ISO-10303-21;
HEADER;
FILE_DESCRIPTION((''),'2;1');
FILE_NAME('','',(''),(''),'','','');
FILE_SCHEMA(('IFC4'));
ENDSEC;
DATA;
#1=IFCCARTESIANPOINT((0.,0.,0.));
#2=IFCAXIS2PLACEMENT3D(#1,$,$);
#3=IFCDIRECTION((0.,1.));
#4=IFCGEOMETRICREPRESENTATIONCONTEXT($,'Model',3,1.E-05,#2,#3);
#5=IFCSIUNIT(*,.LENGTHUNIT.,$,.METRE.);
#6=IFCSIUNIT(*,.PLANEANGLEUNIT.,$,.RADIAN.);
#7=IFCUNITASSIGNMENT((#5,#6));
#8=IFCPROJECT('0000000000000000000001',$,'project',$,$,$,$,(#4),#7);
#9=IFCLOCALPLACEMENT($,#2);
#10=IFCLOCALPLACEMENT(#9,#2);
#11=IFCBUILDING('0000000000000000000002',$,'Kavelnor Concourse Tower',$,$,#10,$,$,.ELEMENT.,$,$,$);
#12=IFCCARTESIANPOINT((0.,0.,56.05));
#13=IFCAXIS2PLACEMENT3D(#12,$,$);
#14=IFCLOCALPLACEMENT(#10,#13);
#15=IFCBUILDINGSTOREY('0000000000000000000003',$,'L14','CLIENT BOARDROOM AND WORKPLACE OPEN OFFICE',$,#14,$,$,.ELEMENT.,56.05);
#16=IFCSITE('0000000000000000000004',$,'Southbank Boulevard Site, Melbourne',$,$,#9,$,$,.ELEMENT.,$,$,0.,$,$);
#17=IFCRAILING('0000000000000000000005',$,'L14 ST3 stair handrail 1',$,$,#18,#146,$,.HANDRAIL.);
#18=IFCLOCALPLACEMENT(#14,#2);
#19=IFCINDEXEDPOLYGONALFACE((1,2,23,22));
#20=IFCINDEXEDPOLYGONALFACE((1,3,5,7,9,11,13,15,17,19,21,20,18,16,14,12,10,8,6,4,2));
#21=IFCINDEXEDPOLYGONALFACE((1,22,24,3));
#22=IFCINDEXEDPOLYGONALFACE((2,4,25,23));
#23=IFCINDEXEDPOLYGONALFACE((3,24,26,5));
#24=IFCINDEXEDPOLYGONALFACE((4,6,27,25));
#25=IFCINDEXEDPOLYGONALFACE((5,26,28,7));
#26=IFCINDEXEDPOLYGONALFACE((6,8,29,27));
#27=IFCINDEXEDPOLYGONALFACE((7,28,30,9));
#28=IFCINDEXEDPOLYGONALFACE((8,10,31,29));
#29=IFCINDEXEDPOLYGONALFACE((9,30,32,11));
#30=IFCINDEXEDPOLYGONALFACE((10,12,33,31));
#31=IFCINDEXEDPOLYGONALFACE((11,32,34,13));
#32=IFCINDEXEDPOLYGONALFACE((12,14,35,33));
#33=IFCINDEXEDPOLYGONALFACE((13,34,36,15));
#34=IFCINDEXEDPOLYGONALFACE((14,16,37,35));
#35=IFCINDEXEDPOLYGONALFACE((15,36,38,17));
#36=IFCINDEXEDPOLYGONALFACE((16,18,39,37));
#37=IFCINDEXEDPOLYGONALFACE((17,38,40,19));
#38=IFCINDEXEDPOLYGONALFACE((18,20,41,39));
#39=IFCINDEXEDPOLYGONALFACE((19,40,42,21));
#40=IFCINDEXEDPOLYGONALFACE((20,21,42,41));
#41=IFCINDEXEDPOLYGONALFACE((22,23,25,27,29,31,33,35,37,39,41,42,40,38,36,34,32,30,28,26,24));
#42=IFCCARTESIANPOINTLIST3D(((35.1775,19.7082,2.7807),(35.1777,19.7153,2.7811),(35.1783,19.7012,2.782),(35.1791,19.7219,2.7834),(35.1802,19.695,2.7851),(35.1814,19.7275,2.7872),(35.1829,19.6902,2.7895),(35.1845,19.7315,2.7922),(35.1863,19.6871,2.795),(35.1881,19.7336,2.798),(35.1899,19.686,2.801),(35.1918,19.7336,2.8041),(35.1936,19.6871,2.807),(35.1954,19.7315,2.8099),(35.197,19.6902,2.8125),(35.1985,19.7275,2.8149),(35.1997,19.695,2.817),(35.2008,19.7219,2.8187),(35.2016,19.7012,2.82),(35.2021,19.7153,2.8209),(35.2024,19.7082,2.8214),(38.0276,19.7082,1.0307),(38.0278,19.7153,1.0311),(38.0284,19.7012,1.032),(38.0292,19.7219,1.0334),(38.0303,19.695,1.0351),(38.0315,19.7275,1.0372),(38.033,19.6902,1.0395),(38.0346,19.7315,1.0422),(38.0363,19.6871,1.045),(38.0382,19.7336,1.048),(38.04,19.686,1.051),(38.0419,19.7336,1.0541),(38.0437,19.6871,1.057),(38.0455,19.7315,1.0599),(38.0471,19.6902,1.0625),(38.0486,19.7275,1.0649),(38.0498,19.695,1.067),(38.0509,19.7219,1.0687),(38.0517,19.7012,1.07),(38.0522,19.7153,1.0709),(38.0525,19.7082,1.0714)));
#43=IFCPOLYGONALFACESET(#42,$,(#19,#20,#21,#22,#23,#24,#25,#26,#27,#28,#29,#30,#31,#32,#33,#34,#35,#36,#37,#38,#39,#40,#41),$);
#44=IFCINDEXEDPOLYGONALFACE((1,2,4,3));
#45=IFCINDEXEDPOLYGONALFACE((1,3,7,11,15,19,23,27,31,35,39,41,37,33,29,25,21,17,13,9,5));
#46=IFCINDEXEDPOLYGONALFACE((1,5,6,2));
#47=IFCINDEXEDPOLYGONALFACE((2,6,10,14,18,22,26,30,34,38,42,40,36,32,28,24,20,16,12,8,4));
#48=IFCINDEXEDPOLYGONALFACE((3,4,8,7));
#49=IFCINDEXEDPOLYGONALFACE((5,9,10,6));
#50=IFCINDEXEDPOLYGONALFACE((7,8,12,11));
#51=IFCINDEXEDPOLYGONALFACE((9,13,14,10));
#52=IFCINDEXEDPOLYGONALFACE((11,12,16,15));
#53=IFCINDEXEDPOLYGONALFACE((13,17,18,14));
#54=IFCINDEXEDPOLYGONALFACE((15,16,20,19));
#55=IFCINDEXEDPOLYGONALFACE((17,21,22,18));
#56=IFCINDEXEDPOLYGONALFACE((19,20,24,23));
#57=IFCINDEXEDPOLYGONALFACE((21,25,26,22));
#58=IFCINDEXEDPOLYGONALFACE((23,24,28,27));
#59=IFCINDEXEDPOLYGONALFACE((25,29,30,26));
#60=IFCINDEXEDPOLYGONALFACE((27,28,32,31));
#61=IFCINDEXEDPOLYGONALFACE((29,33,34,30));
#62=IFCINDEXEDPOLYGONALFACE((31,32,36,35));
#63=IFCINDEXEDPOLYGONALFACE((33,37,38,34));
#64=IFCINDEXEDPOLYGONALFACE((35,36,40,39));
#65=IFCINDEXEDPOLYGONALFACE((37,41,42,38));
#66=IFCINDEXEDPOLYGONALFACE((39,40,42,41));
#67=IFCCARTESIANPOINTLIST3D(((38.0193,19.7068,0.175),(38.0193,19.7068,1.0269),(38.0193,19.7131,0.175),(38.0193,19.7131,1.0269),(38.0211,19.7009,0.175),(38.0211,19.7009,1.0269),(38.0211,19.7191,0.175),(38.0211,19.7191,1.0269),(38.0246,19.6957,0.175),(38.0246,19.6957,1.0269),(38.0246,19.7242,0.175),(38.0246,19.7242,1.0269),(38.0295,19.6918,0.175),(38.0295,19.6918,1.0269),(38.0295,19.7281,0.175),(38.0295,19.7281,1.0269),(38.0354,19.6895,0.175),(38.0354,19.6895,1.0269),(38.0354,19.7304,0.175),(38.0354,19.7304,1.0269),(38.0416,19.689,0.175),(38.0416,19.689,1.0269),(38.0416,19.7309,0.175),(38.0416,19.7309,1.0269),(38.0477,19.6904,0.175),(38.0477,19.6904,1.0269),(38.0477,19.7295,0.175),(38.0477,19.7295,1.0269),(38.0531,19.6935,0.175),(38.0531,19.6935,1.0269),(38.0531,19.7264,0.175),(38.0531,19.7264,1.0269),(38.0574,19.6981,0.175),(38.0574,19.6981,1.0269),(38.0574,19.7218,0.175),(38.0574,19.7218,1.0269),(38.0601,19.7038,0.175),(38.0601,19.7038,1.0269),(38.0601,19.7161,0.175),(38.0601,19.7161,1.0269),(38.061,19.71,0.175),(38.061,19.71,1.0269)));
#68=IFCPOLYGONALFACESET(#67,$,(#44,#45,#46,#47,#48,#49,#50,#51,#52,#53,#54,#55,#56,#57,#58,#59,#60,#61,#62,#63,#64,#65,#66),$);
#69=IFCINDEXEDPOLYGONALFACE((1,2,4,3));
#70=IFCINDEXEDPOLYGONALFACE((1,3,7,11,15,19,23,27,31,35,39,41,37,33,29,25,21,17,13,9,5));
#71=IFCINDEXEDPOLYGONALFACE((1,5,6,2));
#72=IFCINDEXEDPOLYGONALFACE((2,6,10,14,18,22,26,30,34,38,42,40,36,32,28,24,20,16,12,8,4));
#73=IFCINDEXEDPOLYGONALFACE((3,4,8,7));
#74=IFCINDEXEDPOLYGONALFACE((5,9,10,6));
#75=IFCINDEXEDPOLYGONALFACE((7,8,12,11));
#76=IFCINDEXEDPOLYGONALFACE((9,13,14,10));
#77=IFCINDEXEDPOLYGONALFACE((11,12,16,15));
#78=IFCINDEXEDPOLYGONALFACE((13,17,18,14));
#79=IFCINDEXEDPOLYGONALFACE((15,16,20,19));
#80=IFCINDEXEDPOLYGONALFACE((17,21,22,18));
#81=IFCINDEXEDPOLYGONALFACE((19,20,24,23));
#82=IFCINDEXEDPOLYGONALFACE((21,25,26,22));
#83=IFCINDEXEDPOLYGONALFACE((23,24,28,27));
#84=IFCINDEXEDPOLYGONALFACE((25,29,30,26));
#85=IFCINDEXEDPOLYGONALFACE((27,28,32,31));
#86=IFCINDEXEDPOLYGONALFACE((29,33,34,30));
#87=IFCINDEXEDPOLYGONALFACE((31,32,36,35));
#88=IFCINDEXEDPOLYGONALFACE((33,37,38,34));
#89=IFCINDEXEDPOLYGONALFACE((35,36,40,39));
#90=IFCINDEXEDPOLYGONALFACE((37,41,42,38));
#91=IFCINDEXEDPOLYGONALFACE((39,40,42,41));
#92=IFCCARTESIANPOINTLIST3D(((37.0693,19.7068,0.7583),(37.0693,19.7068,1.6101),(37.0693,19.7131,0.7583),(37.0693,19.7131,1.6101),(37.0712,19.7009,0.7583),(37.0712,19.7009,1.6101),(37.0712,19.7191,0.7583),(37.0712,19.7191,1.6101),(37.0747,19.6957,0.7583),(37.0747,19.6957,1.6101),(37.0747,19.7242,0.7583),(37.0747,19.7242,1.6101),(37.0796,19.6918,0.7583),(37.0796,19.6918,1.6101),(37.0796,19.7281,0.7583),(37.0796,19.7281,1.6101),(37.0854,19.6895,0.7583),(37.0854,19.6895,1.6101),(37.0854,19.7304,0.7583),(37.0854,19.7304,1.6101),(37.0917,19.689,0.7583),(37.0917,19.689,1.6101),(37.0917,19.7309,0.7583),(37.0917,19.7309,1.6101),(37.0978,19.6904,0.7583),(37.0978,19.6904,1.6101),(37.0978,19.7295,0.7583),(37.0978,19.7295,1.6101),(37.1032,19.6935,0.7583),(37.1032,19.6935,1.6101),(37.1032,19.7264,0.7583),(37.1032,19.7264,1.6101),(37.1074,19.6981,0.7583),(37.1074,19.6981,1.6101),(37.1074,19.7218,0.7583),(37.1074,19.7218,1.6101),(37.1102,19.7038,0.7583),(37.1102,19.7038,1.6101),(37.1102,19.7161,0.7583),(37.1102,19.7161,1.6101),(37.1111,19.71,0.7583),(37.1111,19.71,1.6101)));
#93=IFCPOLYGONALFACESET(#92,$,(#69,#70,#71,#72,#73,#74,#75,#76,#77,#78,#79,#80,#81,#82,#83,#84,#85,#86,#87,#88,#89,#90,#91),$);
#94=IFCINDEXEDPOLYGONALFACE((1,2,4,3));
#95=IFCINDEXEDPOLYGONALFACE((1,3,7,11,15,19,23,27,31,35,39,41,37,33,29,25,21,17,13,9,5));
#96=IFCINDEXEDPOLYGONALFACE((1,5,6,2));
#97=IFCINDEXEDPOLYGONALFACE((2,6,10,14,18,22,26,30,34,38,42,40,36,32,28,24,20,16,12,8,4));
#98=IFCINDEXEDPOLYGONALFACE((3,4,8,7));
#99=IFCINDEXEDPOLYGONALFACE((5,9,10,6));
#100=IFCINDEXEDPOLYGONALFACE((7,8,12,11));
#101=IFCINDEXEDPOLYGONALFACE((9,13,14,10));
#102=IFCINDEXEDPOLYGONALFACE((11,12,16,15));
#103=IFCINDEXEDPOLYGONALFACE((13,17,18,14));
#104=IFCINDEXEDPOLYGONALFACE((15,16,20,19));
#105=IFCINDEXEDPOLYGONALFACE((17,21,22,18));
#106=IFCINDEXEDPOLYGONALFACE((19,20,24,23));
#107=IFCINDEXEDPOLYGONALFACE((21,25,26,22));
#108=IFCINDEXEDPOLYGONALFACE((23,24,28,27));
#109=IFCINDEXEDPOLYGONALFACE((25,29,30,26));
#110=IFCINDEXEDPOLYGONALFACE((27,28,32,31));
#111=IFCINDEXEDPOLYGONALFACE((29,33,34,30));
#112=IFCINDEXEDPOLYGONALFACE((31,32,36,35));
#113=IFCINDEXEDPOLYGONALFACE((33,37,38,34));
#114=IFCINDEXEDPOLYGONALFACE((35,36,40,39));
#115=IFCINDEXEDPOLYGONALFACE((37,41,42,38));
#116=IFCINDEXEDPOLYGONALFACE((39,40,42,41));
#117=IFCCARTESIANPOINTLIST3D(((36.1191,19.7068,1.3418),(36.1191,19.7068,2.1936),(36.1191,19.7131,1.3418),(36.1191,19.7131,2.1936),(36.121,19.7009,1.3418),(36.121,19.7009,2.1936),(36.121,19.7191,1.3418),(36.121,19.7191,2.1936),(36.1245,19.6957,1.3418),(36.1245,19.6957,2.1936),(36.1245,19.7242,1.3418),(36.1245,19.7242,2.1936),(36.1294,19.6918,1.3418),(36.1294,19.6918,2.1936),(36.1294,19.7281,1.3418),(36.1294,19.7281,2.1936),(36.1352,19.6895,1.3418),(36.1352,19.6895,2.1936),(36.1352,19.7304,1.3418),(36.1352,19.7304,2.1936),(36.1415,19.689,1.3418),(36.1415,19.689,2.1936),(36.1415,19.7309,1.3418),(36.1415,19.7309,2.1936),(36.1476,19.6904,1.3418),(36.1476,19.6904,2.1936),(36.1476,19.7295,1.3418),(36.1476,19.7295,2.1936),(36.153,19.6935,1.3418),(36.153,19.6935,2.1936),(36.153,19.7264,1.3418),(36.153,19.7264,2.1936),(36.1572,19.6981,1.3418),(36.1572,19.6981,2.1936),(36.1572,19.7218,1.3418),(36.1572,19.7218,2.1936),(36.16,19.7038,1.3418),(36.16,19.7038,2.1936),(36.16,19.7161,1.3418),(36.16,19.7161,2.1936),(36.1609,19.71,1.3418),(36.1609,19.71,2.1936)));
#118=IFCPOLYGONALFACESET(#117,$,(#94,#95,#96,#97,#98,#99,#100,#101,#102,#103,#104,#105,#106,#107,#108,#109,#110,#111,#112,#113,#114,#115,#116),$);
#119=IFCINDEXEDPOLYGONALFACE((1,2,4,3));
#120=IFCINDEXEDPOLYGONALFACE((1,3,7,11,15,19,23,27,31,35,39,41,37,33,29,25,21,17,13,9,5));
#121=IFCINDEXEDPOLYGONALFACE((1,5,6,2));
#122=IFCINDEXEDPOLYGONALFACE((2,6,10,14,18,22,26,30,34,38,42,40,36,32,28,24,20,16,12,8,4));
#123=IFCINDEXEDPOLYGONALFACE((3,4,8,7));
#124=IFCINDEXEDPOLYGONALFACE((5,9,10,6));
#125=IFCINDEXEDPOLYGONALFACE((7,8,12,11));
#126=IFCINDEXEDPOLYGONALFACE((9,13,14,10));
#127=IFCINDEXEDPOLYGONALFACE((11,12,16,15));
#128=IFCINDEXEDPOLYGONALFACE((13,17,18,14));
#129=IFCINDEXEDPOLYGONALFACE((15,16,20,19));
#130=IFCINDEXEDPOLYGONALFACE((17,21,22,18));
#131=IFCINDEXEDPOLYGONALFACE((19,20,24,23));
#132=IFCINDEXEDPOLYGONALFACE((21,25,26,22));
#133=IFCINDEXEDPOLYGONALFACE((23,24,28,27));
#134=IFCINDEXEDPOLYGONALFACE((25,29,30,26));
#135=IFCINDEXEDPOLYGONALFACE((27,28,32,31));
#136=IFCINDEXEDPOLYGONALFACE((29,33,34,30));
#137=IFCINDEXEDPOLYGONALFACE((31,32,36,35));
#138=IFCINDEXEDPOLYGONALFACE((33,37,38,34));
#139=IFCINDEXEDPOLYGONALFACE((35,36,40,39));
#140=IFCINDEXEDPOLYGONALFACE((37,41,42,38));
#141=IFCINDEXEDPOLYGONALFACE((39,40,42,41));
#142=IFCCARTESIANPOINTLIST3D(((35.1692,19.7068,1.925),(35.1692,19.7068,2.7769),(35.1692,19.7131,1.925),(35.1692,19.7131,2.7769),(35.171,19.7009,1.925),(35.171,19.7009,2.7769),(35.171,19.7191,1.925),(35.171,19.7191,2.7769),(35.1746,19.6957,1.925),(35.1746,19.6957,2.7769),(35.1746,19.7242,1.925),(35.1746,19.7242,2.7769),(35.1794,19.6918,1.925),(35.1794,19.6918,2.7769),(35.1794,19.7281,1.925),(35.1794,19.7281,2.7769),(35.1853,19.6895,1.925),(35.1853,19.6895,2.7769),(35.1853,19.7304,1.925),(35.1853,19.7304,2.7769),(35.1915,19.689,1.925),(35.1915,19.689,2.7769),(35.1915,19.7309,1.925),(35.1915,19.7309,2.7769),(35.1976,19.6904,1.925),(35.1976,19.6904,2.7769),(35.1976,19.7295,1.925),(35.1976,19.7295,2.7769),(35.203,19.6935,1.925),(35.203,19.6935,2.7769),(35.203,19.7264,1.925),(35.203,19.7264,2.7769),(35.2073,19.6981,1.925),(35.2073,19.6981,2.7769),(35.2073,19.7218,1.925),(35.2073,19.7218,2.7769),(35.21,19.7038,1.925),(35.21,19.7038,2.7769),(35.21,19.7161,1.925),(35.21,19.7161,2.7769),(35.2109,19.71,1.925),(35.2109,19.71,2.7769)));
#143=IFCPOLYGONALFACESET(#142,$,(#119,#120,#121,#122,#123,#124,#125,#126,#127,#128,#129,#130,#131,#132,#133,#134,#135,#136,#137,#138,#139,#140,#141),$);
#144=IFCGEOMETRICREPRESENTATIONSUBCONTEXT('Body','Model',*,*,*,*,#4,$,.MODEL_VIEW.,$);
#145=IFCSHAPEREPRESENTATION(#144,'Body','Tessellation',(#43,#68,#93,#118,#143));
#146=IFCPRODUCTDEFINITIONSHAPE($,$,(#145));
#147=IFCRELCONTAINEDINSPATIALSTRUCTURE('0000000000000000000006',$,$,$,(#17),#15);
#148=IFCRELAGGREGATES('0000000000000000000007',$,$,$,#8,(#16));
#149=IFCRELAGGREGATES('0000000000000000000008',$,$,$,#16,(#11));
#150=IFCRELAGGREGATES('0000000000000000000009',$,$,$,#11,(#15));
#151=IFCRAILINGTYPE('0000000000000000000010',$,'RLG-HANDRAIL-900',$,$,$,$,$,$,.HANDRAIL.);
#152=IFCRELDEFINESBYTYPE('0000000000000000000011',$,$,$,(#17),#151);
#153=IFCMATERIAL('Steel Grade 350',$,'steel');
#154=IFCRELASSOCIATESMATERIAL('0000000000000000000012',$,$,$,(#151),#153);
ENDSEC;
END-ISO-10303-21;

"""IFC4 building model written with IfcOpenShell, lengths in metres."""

from ifc_helpers import new_model, si_unit, direction, frame, origin, origin_2d, place, context, subcontext, project, spatial, circle, extrude, material, type_object, element, save


model = new_model("IFC4")

# Units and contexts
model_context = context("Model", 3, precision=1e-05, world=origin(), true_north=direction((0.0, 1.0)))
body_context = subcontext(model_context, "Body", "Model", "MODEL_VIEW")
ifc_project = project(units=[si_unit("LENGTHUNIT", "METRE"), si_unit("PLANEANGLEUNIT", "RADIAN")], contexts=[model_context])

# Site, building, storey
site_placement = place(None, origin())
site = spatial("IfcSite", under=ifc_project, at=site_placement, Name="Southbank Boulevard Site, Melbourne", CompositionType="ELEMENT", RefElevation=0.0)
building_placement = place(site_placement, origin())
building = spatial("IfcBuilding", under=site, at=building_placement, Name="Kavelnor Concourse Tower", CompositionType="ELEMENT")
storey_placement = place(building_placement, frame((0.0, 0.0, 56.05)))
storey = spatial("IfcBuildingStorey", under=building, at=storey_placement, Name="L14", Description="CLIENT BOARDROOM AND WORKPLACE OPEN OFFICE", CompositionType="ELEMENT", Elevation=56.05)

# Shared definitions
ifc_material_1 = material(Name="Steel Grade 350", Category="steel")

# Railing
railing_type_1 = type_object("IfcRailingType", Name="RLG-HANDRAIL-900", PredefinedType="HANDRAIL", material=ifc_material_1)
railing_1_placement = place(storey_placement, frame((38.04, 19.71, 0.175)))
element("IfcRailing", 1, at=railing_1_placement, inside=storey, type_object=railing_type_1, Name="L14 ST3 stair handrail 1", PredefinedType="HANDRAIL", context=body_context, shape_type="SweptSolid", body=[
    extrude(circle(Radius=0.0239, at=origin_2d()), frame((0.0, 0.0, 0.876), z_axis=(-0.852179, 0.0, 0.52325), x_axis=(0.0, -1.0, 0.0)), (0.0, 0.0, 1.0), 3.3445),
    extrude(circle(Radius=0.021, at=origin_2d()), origin(), (0.0, 0.0, 1.0), 0.8518),
    extrude(circle(Radius=0.021, at=origin_2d()), frame((-0.95, 0.0, 0.5833)), (0.0, 0.0, 1.0), 0.8518),
    extrude(circle(Radius=0.021, at=origin_2d()), frame((-1.9001, 0.0, 1.1667)), (0.0, 0.0, 1.0), 0.8518),
    extrude(circle(Radius=0.021, at=origin_2d()), frame((-2.8501, 0.0, 1.75)), (0.0, 0.0, 1.0), 0.8518),
])

save(model, "model.ifc")
